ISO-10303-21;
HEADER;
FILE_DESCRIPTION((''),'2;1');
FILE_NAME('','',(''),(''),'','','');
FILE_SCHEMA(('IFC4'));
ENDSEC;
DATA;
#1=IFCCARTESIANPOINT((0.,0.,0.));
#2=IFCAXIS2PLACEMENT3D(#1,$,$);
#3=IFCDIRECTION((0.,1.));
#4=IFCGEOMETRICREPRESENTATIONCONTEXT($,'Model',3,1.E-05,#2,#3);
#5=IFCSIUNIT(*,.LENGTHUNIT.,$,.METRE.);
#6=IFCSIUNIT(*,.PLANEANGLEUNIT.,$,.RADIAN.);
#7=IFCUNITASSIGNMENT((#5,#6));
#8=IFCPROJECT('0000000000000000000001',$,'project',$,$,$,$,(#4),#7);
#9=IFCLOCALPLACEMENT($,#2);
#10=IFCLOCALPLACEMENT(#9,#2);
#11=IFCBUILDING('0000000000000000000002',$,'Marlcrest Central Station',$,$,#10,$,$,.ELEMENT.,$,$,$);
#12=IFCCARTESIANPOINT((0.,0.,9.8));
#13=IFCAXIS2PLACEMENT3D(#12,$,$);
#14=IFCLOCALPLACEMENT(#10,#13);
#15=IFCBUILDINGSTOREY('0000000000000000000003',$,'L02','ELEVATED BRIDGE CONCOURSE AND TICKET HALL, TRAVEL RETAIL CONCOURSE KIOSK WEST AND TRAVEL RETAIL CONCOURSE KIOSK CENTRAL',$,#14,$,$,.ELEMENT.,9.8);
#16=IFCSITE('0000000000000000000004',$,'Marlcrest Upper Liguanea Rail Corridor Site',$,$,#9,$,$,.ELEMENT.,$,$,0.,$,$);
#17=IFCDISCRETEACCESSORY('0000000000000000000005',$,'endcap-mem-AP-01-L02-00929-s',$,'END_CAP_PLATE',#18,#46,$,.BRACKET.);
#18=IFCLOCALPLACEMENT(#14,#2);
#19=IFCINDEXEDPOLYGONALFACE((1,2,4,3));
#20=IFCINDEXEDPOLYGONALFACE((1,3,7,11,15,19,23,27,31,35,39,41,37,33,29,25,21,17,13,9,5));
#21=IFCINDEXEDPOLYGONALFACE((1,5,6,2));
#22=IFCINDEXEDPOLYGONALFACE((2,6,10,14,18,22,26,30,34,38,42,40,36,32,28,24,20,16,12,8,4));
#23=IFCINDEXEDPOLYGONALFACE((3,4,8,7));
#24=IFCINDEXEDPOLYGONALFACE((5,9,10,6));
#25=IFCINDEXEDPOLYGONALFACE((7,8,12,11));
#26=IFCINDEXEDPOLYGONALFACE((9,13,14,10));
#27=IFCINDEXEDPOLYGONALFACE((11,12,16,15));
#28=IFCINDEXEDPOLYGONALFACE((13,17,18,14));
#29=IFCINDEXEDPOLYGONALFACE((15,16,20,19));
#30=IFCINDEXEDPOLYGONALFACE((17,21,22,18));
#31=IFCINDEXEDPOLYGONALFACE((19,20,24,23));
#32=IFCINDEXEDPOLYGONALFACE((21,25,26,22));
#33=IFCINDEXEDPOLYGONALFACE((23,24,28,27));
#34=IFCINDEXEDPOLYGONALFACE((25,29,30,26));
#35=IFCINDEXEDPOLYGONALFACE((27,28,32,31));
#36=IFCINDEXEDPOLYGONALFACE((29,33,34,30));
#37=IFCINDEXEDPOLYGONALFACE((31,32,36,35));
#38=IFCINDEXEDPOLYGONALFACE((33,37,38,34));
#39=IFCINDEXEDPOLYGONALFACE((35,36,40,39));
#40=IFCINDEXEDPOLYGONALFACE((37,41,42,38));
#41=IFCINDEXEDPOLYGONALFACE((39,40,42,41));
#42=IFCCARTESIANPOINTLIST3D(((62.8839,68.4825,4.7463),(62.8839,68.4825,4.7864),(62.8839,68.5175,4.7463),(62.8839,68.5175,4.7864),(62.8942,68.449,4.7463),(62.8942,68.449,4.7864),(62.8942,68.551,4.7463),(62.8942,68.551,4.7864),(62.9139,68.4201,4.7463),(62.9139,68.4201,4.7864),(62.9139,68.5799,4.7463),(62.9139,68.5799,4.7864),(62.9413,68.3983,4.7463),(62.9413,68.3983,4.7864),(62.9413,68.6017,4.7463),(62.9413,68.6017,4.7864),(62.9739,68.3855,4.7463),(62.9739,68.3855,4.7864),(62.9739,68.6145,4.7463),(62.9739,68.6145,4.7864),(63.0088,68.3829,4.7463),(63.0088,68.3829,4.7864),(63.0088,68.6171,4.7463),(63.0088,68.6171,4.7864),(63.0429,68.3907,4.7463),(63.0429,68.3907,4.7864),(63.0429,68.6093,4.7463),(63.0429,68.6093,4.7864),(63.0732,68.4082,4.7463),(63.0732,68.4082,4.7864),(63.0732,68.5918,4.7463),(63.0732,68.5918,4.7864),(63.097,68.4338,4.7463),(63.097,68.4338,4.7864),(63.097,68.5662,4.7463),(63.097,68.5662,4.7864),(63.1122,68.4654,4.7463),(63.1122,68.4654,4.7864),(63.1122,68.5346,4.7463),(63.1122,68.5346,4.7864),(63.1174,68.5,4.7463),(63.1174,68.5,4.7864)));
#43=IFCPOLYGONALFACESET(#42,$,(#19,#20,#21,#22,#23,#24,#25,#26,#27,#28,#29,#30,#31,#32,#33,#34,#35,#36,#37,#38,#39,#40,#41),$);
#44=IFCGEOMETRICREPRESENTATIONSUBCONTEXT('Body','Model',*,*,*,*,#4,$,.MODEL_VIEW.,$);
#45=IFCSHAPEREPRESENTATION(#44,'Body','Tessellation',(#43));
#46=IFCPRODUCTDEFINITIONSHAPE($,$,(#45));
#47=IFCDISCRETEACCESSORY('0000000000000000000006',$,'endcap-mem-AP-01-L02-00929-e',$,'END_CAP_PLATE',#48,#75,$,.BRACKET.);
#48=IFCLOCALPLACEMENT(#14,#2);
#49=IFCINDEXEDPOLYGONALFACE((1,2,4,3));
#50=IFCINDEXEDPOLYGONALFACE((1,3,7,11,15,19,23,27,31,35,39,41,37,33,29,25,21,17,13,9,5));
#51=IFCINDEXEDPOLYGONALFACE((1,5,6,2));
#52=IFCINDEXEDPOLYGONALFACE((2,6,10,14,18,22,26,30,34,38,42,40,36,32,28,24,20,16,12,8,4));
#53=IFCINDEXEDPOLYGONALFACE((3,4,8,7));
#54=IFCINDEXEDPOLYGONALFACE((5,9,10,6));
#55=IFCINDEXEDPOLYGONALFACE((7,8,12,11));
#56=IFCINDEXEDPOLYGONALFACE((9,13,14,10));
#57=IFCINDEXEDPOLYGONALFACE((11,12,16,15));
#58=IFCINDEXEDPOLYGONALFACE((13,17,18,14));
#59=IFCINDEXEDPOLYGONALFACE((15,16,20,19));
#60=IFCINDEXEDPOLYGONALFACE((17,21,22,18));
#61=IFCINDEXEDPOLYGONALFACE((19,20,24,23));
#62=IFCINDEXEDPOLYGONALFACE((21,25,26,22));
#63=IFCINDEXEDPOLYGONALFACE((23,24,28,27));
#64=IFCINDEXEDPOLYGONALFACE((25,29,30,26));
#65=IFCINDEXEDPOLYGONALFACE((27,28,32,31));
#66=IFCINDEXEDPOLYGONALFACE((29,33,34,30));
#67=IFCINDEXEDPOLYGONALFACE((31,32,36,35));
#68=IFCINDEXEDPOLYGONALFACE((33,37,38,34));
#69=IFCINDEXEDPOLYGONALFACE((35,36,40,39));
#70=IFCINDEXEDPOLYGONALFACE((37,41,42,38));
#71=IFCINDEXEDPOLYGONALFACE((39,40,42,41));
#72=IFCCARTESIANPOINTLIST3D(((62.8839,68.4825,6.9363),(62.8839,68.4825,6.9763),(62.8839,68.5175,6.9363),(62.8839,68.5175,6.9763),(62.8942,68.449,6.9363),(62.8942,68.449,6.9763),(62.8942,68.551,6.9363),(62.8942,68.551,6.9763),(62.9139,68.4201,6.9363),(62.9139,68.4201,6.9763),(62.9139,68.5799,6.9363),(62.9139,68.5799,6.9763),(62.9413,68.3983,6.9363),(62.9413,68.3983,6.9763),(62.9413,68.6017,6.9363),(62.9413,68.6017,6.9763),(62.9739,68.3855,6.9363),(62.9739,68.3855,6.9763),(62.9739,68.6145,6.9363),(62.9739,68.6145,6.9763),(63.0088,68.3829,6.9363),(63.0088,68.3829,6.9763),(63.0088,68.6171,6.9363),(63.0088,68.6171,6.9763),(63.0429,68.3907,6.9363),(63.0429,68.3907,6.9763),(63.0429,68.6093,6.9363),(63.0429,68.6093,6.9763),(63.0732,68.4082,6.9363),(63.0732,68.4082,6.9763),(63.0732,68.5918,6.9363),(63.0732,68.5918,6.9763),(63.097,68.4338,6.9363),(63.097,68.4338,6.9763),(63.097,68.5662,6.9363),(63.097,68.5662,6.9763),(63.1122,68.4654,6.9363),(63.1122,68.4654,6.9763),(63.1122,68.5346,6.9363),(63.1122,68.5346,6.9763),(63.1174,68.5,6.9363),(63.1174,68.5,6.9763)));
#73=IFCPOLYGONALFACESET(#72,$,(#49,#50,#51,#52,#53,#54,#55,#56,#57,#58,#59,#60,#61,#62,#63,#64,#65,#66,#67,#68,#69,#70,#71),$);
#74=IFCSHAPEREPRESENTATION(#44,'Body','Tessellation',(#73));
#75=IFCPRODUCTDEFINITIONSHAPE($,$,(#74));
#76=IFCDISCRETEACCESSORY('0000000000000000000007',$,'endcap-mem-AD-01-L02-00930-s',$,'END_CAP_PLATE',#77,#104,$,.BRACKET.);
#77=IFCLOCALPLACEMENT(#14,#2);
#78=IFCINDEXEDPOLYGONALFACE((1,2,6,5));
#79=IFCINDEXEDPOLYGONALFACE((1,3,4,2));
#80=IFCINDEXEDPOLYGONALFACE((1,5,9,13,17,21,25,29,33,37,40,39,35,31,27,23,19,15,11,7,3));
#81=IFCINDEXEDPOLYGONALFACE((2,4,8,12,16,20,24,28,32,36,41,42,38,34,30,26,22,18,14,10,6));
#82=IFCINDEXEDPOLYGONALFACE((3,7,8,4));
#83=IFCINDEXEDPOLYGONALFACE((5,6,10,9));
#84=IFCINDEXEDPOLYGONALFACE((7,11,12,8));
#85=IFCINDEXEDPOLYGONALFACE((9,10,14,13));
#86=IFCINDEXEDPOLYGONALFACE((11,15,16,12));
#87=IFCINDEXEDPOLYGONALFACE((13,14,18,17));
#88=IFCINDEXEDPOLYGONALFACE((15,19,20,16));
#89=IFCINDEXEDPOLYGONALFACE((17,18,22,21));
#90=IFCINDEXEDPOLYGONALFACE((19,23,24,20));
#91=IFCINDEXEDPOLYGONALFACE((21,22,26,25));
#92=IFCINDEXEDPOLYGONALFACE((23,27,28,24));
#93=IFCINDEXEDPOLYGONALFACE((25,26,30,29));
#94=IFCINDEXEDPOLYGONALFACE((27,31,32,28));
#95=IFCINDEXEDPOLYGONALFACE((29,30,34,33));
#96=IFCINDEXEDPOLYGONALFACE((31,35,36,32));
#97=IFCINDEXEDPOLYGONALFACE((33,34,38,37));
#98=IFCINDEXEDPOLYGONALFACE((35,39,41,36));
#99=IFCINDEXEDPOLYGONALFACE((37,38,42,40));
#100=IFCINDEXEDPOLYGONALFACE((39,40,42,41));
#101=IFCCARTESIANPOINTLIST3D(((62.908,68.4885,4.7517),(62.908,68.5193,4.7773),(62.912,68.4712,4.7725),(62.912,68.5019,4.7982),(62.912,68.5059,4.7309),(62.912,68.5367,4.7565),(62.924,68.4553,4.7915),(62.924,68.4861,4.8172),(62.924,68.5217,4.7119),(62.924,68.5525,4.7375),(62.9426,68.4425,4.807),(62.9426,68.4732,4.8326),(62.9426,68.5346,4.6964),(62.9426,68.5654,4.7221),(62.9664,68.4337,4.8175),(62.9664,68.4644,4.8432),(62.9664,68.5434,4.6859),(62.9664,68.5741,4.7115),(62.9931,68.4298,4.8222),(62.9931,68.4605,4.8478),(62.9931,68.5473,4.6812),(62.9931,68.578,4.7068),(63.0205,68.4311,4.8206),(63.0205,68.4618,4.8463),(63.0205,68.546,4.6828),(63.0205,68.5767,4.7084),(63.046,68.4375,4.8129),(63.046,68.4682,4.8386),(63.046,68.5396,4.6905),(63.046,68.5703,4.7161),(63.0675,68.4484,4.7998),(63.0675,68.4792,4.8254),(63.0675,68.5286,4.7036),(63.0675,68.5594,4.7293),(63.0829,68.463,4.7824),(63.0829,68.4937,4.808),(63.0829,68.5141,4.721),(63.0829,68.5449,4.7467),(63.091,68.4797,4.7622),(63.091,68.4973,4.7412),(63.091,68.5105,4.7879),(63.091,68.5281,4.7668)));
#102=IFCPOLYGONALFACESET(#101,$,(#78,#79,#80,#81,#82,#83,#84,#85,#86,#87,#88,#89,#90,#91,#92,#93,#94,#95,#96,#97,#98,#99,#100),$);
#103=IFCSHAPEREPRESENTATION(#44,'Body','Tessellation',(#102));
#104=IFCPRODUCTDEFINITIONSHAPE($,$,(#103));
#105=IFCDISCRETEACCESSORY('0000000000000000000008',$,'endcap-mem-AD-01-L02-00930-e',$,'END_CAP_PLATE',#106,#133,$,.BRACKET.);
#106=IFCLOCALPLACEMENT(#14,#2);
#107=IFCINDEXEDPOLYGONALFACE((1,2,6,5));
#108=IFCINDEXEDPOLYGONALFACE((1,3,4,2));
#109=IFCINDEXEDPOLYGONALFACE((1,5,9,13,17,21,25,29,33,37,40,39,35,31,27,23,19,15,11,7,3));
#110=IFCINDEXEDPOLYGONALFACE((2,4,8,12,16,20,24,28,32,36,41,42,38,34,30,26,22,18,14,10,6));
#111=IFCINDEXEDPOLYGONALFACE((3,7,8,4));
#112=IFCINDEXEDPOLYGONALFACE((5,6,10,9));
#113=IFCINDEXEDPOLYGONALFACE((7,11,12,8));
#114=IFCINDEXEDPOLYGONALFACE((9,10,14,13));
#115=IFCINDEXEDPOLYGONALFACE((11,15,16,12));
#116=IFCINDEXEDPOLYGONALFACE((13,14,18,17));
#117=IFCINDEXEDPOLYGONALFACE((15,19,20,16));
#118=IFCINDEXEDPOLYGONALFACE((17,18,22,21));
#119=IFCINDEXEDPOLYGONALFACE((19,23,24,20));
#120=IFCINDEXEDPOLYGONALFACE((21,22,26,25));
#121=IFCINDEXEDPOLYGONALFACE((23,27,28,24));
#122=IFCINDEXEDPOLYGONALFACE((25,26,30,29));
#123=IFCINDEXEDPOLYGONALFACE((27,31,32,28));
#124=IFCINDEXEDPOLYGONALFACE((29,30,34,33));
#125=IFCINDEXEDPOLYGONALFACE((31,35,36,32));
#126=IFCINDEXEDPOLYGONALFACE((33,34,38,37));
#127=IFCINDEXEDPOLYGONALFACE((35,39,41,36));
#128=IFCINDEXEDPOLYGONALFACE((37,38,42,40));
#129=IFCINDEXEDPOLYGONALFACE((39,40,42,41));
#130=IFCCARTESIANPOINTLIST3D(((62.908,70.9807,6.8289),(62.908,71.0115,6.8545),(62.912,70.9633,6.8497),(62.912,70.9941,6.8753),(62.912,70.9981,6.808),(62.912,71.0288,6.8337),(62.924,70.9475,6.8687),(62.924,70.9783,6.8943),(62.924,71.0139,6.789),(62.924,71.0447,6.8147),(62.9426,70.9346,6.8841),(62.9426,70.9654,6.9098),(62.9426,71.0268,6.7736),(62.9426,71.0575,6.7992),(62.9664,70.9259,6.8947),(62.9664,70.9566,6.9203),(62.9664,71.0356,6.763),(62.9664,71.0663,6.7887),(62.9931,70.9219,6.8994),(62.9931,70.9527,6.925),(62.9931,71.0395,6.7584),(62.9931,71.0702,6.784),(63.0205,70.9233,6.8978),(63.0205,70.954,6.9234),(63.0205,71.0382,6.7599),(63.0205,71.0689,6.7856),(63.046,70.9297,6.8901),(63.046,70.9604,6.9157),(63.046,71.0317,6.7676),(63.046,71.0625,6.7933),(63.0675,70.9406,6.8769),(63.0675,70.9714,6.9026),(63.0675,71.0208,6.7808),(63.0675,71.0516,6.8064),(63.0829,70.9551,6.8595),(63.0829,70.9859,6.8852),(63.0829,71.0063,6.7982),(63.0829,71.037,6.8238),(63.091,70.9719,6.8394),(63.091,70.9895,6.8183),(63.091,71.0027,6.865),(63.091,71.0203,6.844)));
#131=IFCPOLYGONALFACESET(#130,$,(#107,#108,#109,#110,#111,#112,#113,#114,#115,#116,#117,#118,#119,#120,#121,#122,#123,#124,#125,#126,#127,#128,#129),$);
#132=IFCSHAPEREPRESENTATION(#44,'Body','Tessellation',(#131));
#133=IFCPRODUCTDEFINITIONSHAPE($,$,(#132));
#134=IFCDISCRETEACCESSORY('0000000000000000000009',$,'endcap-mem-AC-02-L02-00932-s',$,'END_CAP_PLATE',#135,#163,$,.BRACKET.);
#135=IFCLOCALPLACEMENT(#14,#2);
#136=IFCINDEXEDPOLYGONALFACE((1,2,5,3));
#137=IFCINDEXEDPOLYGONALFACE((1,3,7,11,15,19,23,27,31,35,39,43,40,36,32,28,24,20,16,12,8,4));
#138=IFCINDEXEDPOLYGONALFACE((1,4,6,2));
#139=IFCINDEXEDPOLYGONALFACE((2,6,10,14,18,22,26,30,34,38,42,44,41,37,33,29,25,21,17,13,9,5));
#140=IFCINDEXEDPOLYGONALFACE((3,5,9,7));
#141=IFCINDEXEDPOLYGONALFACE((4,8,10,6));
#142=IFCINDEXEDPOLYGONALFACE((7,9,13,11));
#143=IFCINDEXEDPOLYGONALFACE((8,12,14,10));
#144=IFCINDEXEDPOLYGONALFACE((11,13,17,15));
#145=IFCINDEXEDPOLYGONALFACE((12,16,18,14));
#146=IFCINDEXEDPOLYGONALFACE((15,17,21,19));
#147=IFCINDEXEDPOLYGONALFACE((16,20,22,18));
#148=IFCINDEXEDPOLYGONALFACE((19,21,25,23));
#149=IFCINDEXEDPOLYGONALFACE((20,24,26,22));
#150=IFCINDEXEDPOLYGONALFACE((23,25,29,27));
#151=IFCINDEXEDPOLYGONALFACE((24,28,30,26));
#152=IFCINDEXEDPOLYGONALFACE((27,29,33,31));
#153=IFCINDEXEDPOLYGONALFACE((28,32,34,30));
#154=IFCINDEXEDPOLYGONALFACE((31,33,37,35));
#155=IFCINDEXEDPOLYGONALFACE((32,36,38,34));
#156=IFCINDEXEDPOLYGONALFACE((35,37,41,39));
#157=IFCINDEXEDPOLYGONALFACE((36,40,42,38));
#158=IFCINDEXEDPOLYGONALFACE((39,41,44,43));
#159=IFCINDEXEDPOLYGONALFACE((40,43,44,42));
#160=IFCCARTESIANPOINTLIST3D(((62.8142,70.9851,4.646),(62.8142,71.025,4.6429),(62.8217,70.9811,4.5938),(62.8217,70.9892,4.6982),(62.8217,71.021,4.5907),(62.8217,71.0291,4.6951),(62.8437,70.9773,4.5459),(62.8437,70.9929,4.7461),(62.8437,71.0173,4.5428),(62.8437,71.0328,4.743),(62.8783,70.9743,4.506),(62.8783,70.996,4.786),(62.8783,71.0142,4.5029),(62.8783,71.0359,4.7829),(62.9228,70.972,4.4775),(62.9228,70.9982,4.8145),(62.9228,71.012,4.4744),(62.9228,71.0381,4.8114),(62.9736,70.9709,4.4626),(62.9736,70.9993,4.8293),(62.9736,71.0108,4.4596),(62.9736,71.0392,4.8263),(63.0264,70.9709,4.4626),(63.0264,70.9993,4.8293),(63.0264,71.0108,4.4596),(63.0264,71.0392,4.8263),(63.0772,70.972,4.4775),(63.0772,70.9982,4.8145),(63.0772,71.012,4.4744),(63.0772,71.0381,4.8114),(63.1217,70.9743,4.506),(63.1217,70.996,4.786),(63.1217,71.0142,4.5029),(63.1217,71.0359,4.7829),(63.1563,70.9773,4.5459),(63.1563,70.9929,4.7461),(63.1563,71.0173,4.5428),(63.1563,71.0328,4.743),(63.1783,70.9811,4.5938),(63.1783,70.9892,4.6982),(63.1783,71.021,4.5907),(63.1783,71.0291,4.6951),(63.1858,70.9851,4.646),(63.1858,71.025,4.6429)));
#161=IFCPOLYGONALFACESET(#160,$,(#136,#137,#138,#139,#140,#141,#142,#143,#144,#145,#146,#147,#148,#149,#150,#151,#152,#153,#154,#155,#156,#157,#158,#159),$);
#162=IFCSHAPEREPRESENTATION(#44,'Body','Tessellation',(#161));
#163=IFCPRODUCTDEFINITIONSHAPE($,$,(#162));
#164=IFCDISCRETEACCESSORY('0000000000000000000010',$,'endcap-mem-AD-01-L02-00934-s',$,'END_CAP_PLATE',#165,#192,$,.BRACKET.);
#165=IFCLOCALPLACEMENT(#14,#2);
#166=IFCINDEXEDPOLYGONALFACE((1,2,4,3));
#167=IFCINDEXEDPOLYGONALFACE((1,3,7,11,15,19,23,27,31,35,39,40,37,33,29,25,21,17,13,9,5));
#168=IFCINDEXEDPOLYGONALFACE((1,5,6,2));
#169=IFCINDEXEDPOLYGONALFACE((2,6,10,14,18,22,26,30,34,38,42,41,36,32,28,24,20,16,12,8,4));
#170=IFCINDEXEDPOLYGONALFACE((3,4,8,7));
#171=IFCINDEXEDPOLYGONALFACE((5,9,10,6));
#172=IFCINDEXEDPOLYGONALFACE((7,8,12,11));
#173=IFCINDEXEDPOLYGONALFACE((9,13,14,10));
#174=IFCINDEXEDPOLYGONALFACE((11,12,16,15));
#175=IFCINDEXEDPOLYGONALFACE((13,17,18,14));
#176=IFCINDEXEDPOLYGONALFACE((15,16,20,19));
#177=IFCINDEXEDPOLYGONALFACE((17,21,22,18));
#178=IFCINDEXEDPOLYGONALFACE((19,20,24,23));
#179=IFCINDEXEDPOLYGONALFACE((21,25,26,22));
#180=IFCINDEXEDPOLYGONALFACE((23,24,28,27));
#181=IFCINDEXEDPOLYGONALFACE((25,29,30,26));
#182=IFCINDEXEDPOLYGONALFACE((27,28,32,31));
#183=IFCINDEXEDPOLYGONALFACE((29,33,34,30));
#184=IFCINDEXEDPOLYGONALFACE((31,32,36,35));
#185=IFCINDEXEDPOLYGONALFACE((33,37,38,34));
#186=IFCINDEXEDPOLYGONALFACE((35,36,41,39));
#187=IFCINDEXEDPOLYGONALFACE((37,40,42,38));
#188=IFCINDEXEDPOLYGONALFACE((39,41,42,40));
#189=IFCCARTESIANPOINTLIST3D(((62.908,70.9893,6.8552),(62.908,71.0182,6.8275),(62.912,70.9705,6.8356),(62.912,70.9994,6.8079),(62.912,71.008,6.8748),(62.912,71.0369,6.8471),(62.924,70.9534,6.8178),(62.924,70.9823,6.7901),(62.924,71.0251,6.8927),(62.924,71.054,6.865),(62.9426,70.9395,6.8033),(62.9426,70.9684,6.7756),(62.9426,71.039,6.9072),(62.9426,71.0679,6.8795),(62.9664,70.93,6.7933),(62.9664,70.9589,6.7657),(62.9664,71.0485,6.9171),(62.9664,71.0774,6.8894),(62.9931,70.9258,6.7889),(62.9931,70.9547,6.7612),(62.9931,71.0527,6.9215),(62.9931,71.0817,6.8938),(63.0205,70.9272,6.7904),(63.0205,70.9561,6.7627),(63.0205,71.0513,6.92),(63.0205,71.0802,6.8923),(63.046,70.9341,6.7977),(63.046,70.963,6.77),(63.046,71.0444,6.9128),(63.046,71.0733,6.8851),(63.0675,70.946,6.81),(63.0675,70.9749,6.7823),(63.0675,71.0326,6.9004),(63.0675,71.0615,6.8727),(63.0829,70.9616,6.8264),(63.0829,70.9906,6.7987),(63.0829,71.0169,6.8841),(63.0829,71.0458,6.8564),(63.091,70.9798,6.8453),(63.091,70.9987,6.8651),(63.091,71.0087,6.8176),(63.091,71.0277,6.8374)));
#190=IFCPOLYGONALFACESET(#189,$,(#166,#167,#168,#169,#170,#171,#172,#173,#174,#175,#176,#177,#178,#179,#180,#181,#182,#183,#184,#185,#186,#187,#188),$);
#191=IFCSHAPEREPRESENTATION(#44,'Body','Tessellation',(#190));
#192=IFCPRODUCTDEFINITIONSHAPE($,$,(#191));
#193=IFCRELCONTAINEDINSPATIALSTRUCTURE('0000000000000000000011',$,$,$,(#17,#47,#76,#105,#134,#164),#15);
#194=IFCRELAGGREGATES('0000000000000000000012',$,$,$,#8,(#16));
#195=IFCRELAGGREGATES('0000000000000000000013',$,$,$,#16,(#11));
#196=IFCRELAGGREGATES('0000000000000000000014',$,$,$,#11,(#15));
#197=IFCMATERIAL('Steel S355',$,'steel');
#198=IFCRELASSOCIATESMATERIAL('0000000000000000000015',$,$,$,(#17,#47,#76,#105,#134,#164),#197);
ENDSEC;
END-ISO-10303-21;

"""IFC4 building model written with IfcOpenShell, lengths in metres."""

from ifc_helpers import new_model, si_unit, direction, frame, origin, origin_2d, place, context, subcontext, project, spatial, circle, extrude, material, element, save


model = new_model("IFC4")

# Units and contexts
model_context = context("Model", 3, precision=1e-05, world=origin(), true_north=direction((0.0, 1.0)))
body_context = subcontext(model_context, "Body", "Model", "MODEL_VIEW")
ifc_project = project(units=[si_unit("LENGTHUNIT", "METRE"), si_unit("PLANEANGLEUNIT", "RADIAN")], contexts=[model_context])

# Site, building, storey
site_placement = place(None, origin())
site = spatial("IfcSite", under=ifc_project, at=site_placement, Name="Marlcrest Upper Liguanea Rail Corridor Site", CompositionType="ELEMENT", RefElevation=0.0)
building_placement = place(site_placement, origin())
building = spatial("IfcBuilding", under=site, at=building_placement, Name="Marlcrest Central Station", CompositionType="ELEMENT")
storey_placement = place(building_placement, frame((0.0, 0.0, 9.8)))
storey = spatial("IfcBuildingStorey", under=building, at=storey_placement, Name="L02", Description="ELEVATED BRIDGE CONCOURSE AND TICKET HALL, TRAVEL RETAIL CONCOURSE KIOSK WEST AND TRAVEL RETAIL CONCOURSE KIOSK CENTRAL", CompositionType="ELEMENT", Elevation=9.8)

# Shared definitions
ifc_material = material(Name="Steel S355", Category="steel")

# Discrete accessories
for number, where, z_axis, x_axis, name in (
    (1, (63.0, 68.5, 4.7463), (0.0, 0.0, 1.0), (1.0, 0.0, 0.0), "endcap-mem-AP-01-L02-00929-s"),
    (2, (63.0, 68.5, 6.9363), (0.0, 0.0, 1.0), (1.0, 0.0, 0.0), "endcap-mem-AP-01-L02-00929-e"),
):
    element("IfcDiscreteAccessory", number, at=place(storey_placement, frame(where, z_axis=z_axis, x_axis=x_axis)), inside=storey, material=ifc_material, Name=name, ObjectType="END_CAP_PLATE", PredefinedType="BRACKET", context=body_context, shape_type="SweptSolid", body=[
        extrude(circle(Radius=0.1174, at=origin_2d()), origin(), (0.0, 0.0, 1.0), 0.04),
    ])
for number, where, z_axis, x_axis, name in (
    (3, (63.0, 68.4885, 4.7517), (0.0, 0.76816, 0.640258), (-1.0, 0.0, 0.0), "endcap-mem-AD-01-L02-00930-s"),
    (4, (63.0, 70.9807, 6.8289), (0.0, 0.76816, 0.640258), (-1.0, 0.0, 0.0), "endcap-mem-AD-01-L02-00930-e"),
):
    element("IfcDiscreteAccessory", number, at=place(storey_placement, frame(where, z_axis=z_axis, x_axis=x_axis)), inside=storey, material=ifc_material, Name=name, ObjectType="END_CAP_PLATE", PredefinedType="BRACKET", context=body_context, shape_type="SweptSolid", body=[
        extrude(circle(Radius=0.092, at=origin_2d()), origin(), (0.0, 0.0, 1.0), 0.04),
    ])
discrete_accessory_1_placement = place(storey_placement, frame((63.0, 70.9851, 4.646), z_axis=(0.0, 0.997007, -0.077307), x_axis=(-1.0, 0.0, 0.0)))
element("IfcDiscreteAccessory", 5, at=discrete_accessory_1_placement, inside=storey, material=ifc_material, Name="endcap-mem-AC-02-L02-00932-s", ObjectType="END_CAP_PLATE", PredefinedType="BRACKET", context=body_context, shape_type="SweptSolid", body=[
    extrude(circle(Radius=0.1858, at=origin_2d()), origin(), (0.0, 0.0, 1.0), 0.04),
])
discrete_accessory_2_placement = place(storey_placement, frame((63.0, 70.9893, 6.8552), z_axis=(0.0, 0.722247, -0.691636), x_axis=(-1.0, 0.0, 0.0)))
element("IfcDiscreteAccessory", 6, at=discrete_accessory_2_placement, inside=storey, material=ifc_material, Name="endcap-mem-AD-01-L02-00934-s", ObjectType="END_CAP_PLATE", PredefinedType="BRACKET", context=body_context, shape_type="SweptSolid", body=[
    extrude(circle(Radius=0.092, at=origin_2d()), origin(), (0.0, 0.0, 1.0), 0.04),
])

save(model, "model.ifc")
